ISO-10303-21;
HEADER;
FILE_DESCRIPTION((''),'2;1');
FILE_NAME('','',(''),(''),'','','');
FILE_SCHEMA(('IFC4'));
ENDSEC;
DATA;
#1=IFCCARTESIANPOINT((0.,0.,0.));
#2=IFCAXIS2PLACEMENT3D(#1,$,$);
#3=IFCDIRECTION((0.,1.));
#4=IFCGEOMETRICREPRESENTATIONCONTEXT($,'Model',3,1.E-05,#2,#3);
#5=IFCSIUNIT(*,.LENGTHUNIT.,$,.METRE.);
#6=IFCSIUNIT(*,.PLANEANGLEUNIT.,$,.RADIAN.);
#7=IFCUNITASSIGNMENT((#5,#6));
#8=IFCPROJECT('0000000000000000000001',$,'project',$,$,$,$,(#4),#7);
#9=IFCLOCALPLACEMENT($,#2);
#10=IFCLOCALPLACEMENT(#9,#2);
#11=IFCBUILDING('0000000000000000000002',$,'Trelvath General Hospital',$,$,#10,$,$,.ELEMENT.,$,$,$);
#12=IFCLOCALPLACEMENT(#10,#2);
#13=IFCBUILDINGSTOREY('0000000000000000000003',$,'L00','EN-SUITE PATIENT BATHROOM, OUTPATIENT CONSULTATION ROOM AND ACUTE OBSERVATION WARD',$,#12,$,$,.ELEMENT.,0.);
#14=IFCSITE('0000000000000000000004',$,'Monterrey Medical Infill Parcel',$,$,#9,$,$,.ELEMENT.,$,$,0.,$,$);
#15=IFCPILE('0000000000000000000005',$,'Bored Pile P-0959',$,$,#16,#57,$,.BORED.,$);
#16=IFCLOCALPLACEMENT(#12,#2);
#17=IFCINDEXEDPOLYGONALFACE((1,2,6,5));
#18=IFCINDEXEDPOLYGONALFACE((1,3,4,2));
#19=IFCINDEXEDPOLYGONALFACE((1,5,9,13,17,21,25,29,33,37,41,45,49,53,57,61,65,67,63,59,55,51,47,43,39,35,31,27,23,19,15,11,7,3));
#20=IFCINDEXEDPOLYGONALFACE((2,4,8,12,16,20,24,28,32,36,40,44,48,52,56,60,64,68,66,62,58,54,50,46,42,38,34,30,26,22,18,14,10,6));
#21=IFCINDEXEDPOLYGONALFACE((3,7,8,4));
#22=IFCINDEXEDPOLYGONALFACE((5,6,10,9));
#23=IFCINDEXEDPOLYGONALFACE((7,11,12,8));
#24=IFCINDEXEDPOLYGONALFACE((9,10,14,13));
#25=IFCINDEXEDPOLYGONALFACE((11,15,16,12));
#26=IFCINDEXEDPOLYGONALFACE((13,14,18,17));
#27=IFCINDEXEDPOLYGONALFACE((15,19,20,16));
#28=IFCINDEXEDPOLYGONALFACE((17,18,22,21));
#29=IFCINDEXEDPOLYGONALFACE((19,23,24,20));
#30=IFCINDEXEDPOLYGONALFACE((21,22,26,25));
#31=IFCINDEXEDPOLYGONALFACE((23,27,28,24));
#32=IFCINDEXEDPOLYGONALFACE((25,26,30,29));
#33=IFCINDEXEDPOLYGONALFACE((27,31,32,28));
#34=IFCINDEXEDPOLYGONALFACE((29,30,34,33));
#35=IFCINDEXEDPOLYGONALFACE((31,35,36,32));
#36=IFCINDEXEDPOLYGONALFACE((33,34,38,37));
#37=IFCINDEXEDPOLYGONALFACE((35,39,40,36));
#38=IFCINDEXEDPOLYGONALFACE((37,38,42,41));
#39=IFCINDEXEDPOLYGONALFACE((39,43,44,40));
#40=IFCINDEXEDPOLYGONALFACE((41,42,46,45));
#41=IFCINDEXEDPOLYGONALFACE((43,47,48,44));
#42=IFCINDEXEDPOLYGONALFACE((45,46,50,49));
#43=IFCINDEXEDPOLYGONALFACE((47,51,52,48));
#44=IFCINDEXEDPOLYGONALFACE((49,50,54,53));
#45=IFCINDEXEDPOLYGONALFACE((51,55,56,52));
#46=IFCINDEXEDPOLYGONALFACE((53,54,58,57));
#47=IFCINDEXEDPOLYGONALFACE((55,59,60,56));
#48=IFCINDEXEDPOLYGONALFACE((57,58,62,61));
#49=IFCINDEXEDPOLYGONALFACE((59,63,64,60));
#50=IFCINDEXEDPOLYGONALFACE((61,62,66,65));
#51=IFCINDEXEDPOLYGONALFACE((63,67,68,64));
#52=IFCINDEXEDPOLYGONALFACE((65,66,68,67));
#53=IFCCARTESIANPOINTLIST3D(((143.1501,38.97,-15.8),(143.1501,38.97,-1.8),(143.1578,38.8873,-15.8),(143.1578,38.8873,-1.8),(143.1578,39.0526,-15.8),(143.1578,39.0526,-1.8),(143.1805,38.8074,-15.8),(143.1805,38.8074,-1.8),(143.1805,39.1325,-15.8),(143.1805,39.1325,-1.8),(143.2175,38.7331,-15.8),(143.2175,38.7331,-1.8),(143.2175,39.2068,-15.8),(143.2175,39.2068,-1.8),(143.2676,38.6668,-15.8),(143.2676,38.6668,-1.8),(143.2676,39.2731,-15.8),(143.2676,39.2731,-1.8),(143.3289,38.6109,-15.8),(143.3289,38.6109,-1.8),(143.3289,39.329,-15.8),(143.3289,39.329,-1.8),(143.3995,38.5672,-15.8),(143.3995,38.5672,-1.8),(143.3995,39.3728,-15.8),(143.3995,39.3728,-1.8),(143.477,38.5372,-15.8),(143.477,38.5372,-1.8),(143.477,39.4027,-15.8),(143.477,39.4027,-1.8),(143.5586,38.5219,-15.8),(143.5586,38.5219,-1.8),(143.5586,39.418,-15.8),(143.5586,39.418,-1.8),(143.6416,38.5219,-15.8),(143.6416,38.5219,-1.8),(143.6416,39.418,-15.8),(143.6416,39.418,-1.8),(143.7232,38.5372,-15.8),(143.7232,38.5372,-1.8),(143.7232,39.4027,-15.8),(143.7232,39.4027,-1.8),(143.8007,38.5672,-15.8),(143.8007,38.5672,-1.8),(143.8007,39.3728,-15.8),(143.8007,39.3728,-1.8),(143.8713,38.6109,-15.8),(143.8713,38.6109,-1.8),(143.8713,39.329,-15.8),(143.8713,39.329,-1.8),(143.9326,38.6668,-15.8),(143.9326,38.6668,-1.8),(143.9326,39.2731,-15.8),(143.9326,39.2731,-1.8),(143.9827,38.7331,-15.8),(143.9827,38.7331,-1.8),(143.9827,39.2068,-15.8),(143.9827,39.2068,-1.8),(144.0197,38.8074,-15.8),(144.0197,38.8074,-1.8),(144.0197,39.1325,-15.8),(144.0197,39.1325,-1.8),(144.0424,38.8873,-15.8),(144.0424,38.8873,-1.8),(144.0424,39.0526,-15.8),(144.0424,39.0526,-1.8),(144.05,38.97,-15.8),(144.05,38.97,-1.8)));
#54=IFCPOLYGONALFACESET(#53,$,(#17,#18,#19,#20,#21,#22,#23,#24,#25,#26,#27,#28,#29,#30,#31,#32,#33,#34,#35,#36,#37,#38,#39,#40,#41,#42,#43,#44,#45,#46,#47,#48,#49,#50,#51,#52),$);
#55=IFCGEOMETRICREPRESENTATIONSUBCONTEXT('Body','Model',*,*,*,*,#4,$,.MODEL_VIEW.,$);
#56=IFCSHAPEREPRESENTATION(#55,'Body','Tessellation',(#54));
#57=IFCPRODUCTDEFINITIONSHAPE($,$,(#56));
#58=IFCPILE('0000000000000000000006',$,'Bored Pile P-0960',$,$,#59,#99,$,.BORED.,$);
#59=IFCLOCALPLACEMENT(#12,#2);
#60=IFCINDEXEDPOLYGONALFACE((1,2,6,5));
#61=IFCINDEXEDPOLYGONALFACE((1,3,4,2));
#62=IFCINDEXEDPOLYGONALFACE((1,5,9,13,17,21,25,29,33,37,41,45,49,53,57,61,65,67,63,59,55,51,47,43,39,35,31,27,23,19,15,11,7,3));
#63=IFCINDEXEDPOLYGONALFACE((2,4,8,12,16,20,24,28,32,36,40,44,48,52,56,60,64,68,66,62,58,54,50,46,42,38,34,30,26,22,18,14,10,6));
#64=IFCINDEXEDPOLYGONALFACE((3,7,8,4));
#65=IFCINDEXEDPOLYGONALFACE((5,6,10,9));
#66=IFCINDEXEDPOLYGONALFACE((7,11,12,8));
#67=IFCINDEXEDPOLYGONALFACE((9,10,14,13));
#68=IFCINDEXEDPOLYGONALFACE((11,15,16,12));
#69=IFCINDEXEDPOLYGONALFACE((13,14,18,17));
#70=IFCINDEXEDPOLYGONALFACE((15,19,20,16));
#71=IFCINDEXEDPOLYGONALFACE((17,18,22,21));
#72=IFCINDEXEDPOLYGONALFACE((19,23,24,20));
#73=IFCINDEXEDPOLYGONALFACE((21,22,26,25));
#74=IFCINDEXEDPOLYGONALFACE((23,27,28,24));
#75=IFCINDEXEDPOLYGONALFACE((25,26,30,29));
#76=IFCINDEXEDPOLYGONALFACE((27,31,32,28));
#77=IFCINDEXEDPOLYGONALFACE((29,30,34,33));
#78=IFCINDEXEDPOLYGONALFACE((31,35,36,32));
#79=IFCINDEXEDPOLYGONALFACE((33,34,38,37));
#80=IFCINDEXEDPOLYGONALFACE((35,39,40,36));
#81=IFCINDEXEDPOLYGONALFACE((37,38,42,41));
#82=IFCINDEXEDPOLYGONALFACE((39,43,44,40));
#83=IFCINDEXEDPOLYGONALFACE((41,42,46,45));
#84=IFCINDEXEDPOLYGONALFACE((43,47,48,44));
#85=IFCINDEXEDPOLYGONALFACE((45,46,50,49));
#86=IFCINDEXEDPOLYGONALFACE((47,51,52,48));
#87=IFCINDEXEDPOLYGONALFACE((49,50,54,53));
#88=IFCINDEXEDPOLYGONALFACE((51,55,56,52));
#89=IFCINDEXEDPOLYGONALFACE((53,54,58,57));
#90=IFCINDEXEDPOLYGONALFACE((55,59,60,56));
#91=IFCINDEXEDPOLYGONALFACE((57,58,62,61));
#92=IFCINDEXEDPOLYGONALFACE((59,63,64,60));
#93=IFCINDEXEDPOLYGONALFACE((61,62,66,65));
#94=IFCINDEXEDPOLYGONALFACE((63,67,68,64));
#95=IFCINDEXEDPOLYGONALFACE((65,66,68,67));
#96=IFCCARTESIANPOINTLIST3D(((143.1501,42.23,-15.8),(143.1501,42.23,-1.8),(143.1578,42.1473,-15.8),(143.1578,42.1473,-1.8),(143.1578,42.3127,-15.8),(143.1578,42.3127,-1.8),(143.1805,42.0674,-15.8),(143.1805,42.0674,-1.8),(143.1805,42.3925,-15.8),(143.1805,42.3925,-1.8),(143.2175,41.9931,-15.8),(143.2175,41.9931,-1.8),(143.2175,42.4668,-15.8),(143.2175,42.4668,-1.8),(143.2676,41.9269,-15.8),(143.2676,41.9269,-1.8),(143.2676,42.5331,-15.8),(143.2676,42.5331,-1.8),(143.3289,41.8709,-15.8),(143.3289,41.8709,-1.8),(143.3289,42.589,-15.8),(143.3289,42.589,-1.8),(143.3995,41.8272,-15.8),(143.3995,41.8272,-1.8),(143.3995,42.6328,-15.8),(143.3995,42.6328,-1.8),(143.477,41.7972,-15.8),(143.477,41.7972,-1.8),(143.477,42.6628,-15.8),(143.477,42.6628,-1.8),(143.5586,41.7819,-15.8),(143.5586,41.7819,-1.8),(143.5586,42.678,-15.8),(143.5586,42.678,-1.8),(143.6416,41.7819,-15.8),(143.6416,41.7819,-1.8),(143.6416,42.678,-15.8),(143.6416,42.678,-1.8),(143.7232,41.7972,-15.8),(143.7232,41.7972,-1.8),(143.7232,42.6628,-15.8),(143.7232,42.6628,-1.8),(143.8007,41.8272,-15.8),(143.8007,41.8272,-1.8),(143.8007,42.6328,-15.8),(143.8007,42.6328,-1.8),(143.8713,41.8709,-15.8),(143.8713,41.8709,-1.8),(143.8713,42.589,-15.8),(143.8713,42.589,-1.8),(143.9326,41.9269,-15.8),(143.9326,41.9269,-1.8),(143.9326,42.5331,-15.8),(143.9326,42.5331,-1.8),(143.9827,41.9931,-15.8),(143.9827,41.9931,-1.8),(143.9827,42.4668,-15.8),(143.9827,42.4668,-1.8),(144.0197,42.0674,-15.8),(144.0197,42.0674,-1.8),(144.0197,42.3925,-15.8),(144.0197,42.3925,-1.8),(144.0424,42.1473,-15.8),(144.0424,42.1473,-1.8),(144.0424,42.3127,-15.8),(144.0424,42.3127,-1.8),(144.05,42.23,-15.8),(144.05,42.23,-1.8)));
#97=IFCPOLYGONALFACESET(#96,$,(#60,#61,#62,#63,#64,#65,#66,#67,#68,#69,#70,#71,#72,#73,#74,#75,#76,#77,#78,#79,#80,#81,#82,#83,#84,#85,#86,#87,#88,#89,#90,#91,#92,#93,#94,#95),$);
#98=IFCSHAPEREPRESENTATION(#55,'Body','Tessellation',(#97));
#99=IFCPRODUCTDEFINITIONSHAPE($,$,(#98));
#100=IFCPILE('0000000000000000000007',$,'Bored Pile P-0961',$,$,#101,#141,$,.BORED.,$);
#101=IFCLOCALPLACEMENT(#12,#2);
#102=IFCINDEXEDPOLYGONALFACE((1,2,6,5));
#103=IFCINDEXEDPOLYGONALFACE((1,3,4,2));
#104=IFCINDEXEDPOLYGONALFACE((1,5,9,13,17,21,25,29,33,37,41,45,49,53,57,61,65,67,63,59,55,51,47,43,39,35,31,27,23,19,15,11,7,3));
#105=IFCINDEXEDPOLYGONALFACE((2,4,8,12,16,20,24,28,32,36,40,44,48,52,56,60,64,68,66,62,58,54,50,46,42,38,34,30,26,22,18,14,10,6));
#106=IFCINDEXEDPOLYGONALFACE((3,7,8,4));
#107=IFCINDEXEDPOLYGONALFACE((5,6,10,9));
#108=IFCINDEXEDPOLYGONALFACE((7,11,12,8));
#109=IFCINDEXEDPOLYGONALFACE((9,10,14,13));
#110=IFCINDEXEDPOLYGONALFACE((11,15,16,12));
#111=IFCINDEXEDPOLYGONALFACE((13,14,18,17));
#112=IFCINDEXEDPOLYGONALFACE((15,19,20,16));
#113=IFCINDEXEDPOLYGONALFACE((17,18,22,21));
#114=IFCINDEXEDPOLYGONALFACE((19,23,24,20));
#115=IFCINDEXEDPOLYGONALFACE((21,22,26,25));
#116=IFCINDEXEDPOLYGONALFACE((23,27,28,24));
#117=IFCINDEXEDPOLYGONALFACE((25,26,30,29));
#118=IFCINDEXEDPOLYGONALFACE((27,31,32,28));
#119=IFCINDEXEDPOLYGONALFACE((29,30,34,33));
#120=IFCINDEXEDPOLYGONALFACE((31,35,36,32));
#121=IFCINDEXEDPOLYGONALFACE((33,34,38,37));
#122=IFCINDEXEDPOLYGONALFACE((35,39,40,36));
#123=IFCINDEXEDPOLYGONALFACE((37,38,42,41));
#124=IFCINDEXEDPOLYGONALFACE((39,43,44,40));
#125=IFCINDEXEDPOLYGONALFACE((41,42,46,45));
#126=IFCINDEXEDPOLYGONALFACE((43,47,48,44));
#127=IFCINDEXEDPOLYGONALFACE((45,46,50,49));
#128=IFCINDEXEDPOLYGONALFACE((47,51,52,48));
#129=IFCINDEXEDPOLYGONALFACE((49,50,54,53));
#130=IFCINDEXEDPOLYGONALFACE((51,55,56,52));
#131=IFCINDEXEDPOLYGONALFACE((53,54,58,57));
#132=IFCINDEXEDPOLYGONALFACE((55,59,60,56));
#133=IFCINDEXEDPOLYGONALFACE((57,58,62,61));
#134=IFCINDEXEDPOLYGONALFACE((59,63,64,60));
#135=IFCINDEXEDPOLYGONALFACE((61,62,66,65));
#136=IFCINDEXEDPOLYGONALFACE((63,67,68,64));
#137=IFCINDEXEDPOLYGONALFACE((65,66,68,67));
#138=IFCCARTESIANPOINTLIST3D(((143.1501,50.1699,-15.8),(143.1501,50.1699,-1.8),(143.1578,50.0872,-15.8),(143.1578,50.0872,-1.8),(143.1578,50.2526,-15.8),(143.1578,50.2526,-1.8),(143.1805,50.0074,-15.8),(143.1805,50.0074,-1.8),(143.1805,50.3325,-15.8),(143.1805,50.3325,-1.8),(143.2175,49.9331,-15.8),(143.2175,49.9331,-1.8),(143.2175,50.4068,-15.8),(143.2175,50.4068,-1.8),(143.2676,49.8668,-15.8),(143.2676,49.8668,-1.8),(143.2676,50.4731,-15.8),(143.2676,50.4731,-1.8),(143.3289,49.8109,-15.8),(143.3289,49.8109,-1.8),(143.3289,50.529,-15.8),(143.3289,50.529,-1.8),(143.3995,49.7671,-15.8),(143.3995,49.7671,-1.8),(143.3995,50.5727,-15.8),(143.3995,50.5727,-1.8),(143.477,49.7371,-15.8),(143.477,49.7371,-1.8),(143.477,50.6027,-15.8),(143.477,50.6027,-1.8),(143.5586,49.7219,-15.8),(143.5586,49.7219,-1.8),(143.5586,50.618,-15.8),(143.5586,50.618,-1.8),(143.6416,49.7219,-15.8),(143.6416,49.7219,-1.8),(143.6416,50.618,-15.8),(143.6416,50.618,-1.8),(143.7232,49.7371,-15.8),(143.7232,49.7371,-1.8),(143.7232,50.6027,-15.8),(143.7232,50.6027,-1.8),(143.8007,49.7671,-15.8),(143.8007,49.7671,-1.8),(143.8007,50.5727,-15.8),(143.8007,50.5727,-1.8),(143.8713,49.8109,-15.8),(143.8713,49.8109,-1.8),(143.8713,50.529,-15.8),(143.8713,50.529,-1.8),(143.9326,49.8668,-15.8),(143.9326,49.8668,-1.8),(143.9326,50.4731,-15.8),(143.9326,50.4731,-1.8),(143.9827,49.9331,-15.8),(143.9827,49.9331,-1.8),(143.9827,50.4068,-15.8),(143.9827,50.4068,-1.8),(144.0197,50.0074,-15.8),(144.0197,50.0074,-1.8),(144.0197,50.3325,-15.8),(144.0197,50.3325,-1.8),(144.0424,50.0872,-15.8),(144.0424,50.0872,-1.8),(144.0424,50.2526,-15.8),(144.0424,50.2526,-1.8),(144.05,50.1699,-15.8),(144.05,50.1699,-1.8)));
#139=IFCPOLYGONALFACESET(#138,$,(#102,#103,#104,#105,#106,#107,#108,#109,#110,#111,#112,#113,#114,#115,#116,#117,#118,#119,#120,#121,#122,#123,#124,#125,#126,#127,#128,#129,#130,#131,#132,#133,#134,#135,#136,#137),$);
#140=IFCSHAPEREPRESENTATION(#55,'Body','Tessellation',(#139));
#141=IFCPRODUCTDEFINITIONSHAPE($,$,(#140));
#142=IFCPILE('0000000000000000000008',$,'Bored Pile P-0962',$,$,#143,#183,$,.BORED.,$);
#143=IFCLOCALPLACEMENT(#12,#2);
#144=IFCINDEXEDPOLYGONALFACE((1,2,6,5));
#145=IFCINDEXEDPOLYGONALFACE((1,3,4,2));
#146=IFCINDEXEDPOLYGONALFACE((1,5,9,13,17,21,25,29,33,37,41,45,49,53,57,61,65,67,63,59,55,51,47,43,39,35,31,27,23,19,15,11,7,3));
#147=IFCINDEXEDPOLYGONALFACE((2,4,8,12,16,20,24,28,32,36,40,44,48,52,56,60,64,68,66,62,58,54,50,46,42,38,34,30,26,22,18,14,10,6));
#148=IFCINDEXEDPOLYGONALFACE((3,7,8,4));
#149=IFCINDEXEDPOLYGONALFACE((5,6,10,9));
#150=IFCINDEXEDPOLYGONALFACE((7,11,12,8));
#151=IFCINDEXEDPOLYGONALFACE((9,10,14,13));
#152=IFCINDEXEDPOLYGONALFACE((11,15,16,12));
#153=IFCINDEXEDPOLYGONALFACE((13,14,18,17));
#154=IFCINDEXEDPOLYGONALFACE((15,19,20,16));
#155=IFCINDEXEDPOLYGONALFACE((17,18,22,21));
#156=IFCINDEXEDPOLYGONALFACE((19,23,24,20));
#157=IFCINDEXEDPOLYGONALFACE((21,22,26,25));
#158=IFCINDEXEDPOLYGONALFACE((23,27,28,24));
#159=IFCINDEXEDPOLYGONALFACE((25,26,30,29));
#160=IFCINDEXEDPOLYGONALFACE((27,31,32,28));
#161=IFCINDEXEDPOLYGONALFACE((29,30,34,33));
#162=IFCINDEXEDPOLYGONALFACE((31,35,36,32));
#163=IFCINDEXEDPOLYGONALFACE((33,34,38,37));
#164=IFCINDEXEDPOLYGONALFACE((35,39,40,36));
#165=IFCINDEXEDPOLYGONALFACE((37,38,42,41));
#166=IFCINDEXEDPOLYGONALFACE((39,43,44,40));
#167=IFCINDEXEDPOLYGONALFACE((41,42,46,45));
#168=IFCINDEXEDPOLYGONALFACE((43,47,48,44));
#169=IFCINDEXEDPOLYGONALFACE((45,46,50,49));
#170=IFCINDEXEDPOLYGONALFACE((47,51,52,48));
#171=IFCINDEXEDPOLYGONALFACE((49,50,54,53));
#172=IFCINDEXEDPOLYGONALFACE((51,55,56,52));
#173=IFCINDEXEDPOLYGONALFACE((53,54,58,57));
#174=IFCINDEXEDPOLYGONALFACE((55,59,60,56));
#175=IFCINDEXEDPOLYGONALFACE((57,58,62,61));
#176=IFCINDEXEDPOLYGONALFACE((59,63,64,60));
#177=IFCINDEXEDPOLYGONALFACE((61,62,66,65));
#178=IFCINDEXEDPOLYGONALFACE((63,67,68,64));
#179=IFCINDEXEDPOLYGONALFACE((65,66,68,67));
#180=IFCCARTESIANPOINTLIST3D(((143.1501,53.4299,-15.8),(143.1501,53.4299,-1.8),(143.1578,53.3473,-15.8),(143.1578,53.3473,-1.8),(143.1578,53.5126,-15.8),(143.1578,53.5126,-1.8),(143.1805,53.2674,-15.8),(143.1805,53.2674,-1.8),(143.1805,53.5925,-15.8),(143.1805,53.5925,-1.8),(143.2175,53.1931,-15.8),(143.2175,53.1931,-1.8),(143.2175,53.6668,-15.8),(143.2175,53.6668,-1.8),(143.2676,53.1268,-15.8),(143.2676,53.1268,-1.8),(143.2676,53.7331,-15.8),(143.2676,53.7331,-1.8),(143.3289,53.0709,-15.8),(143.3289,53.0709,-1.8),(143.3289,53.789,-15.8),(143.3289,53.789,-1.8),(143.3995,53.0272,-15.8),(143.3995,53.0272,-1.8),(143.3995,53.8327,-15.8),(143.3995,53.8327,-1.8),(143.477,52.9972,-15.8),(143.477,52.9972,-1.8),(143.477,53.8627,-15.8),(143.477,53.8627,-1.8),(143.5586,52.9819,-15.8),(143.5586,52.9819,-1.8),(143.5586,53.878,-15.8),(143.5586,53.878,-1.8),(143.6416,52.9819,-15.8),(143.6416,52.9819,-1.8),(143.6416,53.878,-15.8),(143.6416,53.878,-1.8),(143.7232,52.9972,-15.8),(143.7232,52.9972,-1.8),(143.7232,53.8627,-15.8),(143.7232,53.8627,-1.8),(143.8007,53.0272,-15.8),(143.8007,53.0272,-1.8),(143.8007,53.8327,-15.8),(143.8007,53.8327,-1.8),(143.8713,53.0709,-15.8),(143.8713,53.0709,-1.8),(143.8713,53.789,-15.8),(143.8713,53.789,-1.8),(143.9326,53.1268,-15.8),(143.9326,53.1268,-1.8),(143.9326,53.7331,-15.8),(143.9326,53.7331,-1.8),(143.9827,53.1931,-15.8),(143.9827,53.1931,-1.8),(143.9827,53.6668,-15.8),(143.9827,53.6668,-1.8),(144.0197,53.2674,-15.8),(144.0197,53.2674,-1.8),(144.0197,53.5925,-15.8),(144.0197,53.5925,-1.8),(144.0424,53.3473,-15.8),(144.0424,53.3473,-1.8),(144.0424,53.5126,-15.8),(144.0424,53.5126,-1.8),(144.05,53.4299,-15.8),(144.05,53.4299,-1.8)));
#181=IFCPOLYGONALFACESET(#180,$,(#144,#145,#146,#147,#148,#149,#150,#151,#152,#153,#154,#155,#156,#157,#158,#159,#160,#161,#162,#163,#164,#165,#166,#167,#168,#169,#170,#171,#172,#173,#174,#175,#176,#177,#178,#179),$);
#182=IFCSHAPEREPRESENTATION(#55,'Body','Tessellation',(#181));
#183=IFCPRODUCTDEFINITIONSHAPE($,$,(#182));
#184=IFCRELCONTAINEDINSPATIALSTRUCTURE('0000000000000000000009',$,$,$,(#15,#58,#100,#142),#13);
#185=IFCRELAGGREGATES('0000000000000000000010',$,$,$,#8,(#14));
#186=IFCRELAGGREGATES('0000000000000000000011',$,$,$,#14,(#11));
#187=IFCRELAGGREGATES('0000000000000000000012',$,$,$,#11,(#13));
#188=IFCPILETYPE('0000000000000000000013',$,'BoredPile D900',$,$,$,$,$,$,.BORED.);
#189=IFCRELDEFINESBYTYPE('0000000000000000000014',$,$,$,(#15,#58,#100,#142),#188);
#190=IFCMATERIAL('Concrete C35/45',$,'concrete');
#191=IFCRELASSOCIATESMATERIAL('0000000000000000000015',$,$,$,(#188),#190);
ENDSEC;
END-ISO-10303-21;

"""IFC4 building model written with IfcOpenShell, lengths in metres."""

from ifc_helpers import new_model, si_unit, direction, frame, origin, origin_2d, place, context, subcontext, project, spatial, circle, extrude, material, material_profile, profile_set, type_object, element, save


model = new_model("IFC4")

# Units and contexts
model_context = context("Model", 3, precision=1e-05, world=origin(), true_north=direction((0.0, 1.0)))
body_context = subcontext(model_context, "Body", "Model", "MODEL_VIEW")
ifc_project = project(units=[si_unit("LENGTHUNIT", "METRE"), si_unit("PLANEANGLEUNIT", "RADIAN")], contexts=[model_context])

# Site, building, storey
site_placement = place(None, origin())
site = spatial("IfcSite", under=ifc_project, at=site_placement, Name="Monterrey Medical Infill Parcel", CompositionType="ELEMENT", RefElevation=0.0)
building_placement = place(site_placement, origin())
building = spatial("IfcBuilding", under=site, at=building_placement, Name="Trelvath General Hospital", CompositionType="ELEMENT")
storey_placement = place(building_placement, origin())
storey = spatial("IfcBuildingStorey", under=building, at=storey_placement, Name="L00", Description="EN-SUITE PATIENT BATHROOM, OUTPATIENT CONSULTATION ROOM AND ACUTE OBSERVATION WARD", CompositionType="ELEMENT", Elevation=0.0)

# Piles
ifc_material_1 = material(Name="Concrete C35/45", Category="concrete")
ifc_material_profile_1 = material_profile(ifc_material_1, circle(Radius=0.45, at=origin_2d()), Name="PILE900")
ifc_profile_set_1 = profile_set([ifc_material_profile_1], Name="Concrete C35/45")
pile_type = type_object("IfcPileType", Name="BoredPile D900", PredefinedType="BORED", material=ifc_profile_set_1)
for number, where, z_axis, x_axis, name in (
    (1, (143.6001, 38.97, -1.8), (0.0, 0.0, -1.0), (1.0, 0.0, 0.0), "Bored Pile P-0959"),
    (2, (143.6001, 42.23, -1.8), (0.0, 0.0, -1.0), (1.0, 0.0, 0.0), "Bored Pile P-0960"),
    (3, (143.6001, 50.1699, -1.8), (0.0, 0.0, -1.0), (1.0, 0.0, 0.0), "Bored Pile P-0961"),
    (4, (143.6001, 53.4299, -1.8), (0.0, 0.0, -1.0), (1.0, 0.0, 0.0), "Bored Pile P-0962"),
):
    element("IfcPile", number, at=place(storey_placement, frame(where, z_axis=z_axis, x_axis=x_axis)), inside=storey, type_object=pile_type, Name=name, PredefinedType="BORED", context=body_context, shape_type="SweptSolid", body=[
        extrude(circle(Radius=0.45, at=origin_2d()), origin(), (0.0, 0.0, 1.0), 14.0),
    ])

save(model, "model.ifc")
